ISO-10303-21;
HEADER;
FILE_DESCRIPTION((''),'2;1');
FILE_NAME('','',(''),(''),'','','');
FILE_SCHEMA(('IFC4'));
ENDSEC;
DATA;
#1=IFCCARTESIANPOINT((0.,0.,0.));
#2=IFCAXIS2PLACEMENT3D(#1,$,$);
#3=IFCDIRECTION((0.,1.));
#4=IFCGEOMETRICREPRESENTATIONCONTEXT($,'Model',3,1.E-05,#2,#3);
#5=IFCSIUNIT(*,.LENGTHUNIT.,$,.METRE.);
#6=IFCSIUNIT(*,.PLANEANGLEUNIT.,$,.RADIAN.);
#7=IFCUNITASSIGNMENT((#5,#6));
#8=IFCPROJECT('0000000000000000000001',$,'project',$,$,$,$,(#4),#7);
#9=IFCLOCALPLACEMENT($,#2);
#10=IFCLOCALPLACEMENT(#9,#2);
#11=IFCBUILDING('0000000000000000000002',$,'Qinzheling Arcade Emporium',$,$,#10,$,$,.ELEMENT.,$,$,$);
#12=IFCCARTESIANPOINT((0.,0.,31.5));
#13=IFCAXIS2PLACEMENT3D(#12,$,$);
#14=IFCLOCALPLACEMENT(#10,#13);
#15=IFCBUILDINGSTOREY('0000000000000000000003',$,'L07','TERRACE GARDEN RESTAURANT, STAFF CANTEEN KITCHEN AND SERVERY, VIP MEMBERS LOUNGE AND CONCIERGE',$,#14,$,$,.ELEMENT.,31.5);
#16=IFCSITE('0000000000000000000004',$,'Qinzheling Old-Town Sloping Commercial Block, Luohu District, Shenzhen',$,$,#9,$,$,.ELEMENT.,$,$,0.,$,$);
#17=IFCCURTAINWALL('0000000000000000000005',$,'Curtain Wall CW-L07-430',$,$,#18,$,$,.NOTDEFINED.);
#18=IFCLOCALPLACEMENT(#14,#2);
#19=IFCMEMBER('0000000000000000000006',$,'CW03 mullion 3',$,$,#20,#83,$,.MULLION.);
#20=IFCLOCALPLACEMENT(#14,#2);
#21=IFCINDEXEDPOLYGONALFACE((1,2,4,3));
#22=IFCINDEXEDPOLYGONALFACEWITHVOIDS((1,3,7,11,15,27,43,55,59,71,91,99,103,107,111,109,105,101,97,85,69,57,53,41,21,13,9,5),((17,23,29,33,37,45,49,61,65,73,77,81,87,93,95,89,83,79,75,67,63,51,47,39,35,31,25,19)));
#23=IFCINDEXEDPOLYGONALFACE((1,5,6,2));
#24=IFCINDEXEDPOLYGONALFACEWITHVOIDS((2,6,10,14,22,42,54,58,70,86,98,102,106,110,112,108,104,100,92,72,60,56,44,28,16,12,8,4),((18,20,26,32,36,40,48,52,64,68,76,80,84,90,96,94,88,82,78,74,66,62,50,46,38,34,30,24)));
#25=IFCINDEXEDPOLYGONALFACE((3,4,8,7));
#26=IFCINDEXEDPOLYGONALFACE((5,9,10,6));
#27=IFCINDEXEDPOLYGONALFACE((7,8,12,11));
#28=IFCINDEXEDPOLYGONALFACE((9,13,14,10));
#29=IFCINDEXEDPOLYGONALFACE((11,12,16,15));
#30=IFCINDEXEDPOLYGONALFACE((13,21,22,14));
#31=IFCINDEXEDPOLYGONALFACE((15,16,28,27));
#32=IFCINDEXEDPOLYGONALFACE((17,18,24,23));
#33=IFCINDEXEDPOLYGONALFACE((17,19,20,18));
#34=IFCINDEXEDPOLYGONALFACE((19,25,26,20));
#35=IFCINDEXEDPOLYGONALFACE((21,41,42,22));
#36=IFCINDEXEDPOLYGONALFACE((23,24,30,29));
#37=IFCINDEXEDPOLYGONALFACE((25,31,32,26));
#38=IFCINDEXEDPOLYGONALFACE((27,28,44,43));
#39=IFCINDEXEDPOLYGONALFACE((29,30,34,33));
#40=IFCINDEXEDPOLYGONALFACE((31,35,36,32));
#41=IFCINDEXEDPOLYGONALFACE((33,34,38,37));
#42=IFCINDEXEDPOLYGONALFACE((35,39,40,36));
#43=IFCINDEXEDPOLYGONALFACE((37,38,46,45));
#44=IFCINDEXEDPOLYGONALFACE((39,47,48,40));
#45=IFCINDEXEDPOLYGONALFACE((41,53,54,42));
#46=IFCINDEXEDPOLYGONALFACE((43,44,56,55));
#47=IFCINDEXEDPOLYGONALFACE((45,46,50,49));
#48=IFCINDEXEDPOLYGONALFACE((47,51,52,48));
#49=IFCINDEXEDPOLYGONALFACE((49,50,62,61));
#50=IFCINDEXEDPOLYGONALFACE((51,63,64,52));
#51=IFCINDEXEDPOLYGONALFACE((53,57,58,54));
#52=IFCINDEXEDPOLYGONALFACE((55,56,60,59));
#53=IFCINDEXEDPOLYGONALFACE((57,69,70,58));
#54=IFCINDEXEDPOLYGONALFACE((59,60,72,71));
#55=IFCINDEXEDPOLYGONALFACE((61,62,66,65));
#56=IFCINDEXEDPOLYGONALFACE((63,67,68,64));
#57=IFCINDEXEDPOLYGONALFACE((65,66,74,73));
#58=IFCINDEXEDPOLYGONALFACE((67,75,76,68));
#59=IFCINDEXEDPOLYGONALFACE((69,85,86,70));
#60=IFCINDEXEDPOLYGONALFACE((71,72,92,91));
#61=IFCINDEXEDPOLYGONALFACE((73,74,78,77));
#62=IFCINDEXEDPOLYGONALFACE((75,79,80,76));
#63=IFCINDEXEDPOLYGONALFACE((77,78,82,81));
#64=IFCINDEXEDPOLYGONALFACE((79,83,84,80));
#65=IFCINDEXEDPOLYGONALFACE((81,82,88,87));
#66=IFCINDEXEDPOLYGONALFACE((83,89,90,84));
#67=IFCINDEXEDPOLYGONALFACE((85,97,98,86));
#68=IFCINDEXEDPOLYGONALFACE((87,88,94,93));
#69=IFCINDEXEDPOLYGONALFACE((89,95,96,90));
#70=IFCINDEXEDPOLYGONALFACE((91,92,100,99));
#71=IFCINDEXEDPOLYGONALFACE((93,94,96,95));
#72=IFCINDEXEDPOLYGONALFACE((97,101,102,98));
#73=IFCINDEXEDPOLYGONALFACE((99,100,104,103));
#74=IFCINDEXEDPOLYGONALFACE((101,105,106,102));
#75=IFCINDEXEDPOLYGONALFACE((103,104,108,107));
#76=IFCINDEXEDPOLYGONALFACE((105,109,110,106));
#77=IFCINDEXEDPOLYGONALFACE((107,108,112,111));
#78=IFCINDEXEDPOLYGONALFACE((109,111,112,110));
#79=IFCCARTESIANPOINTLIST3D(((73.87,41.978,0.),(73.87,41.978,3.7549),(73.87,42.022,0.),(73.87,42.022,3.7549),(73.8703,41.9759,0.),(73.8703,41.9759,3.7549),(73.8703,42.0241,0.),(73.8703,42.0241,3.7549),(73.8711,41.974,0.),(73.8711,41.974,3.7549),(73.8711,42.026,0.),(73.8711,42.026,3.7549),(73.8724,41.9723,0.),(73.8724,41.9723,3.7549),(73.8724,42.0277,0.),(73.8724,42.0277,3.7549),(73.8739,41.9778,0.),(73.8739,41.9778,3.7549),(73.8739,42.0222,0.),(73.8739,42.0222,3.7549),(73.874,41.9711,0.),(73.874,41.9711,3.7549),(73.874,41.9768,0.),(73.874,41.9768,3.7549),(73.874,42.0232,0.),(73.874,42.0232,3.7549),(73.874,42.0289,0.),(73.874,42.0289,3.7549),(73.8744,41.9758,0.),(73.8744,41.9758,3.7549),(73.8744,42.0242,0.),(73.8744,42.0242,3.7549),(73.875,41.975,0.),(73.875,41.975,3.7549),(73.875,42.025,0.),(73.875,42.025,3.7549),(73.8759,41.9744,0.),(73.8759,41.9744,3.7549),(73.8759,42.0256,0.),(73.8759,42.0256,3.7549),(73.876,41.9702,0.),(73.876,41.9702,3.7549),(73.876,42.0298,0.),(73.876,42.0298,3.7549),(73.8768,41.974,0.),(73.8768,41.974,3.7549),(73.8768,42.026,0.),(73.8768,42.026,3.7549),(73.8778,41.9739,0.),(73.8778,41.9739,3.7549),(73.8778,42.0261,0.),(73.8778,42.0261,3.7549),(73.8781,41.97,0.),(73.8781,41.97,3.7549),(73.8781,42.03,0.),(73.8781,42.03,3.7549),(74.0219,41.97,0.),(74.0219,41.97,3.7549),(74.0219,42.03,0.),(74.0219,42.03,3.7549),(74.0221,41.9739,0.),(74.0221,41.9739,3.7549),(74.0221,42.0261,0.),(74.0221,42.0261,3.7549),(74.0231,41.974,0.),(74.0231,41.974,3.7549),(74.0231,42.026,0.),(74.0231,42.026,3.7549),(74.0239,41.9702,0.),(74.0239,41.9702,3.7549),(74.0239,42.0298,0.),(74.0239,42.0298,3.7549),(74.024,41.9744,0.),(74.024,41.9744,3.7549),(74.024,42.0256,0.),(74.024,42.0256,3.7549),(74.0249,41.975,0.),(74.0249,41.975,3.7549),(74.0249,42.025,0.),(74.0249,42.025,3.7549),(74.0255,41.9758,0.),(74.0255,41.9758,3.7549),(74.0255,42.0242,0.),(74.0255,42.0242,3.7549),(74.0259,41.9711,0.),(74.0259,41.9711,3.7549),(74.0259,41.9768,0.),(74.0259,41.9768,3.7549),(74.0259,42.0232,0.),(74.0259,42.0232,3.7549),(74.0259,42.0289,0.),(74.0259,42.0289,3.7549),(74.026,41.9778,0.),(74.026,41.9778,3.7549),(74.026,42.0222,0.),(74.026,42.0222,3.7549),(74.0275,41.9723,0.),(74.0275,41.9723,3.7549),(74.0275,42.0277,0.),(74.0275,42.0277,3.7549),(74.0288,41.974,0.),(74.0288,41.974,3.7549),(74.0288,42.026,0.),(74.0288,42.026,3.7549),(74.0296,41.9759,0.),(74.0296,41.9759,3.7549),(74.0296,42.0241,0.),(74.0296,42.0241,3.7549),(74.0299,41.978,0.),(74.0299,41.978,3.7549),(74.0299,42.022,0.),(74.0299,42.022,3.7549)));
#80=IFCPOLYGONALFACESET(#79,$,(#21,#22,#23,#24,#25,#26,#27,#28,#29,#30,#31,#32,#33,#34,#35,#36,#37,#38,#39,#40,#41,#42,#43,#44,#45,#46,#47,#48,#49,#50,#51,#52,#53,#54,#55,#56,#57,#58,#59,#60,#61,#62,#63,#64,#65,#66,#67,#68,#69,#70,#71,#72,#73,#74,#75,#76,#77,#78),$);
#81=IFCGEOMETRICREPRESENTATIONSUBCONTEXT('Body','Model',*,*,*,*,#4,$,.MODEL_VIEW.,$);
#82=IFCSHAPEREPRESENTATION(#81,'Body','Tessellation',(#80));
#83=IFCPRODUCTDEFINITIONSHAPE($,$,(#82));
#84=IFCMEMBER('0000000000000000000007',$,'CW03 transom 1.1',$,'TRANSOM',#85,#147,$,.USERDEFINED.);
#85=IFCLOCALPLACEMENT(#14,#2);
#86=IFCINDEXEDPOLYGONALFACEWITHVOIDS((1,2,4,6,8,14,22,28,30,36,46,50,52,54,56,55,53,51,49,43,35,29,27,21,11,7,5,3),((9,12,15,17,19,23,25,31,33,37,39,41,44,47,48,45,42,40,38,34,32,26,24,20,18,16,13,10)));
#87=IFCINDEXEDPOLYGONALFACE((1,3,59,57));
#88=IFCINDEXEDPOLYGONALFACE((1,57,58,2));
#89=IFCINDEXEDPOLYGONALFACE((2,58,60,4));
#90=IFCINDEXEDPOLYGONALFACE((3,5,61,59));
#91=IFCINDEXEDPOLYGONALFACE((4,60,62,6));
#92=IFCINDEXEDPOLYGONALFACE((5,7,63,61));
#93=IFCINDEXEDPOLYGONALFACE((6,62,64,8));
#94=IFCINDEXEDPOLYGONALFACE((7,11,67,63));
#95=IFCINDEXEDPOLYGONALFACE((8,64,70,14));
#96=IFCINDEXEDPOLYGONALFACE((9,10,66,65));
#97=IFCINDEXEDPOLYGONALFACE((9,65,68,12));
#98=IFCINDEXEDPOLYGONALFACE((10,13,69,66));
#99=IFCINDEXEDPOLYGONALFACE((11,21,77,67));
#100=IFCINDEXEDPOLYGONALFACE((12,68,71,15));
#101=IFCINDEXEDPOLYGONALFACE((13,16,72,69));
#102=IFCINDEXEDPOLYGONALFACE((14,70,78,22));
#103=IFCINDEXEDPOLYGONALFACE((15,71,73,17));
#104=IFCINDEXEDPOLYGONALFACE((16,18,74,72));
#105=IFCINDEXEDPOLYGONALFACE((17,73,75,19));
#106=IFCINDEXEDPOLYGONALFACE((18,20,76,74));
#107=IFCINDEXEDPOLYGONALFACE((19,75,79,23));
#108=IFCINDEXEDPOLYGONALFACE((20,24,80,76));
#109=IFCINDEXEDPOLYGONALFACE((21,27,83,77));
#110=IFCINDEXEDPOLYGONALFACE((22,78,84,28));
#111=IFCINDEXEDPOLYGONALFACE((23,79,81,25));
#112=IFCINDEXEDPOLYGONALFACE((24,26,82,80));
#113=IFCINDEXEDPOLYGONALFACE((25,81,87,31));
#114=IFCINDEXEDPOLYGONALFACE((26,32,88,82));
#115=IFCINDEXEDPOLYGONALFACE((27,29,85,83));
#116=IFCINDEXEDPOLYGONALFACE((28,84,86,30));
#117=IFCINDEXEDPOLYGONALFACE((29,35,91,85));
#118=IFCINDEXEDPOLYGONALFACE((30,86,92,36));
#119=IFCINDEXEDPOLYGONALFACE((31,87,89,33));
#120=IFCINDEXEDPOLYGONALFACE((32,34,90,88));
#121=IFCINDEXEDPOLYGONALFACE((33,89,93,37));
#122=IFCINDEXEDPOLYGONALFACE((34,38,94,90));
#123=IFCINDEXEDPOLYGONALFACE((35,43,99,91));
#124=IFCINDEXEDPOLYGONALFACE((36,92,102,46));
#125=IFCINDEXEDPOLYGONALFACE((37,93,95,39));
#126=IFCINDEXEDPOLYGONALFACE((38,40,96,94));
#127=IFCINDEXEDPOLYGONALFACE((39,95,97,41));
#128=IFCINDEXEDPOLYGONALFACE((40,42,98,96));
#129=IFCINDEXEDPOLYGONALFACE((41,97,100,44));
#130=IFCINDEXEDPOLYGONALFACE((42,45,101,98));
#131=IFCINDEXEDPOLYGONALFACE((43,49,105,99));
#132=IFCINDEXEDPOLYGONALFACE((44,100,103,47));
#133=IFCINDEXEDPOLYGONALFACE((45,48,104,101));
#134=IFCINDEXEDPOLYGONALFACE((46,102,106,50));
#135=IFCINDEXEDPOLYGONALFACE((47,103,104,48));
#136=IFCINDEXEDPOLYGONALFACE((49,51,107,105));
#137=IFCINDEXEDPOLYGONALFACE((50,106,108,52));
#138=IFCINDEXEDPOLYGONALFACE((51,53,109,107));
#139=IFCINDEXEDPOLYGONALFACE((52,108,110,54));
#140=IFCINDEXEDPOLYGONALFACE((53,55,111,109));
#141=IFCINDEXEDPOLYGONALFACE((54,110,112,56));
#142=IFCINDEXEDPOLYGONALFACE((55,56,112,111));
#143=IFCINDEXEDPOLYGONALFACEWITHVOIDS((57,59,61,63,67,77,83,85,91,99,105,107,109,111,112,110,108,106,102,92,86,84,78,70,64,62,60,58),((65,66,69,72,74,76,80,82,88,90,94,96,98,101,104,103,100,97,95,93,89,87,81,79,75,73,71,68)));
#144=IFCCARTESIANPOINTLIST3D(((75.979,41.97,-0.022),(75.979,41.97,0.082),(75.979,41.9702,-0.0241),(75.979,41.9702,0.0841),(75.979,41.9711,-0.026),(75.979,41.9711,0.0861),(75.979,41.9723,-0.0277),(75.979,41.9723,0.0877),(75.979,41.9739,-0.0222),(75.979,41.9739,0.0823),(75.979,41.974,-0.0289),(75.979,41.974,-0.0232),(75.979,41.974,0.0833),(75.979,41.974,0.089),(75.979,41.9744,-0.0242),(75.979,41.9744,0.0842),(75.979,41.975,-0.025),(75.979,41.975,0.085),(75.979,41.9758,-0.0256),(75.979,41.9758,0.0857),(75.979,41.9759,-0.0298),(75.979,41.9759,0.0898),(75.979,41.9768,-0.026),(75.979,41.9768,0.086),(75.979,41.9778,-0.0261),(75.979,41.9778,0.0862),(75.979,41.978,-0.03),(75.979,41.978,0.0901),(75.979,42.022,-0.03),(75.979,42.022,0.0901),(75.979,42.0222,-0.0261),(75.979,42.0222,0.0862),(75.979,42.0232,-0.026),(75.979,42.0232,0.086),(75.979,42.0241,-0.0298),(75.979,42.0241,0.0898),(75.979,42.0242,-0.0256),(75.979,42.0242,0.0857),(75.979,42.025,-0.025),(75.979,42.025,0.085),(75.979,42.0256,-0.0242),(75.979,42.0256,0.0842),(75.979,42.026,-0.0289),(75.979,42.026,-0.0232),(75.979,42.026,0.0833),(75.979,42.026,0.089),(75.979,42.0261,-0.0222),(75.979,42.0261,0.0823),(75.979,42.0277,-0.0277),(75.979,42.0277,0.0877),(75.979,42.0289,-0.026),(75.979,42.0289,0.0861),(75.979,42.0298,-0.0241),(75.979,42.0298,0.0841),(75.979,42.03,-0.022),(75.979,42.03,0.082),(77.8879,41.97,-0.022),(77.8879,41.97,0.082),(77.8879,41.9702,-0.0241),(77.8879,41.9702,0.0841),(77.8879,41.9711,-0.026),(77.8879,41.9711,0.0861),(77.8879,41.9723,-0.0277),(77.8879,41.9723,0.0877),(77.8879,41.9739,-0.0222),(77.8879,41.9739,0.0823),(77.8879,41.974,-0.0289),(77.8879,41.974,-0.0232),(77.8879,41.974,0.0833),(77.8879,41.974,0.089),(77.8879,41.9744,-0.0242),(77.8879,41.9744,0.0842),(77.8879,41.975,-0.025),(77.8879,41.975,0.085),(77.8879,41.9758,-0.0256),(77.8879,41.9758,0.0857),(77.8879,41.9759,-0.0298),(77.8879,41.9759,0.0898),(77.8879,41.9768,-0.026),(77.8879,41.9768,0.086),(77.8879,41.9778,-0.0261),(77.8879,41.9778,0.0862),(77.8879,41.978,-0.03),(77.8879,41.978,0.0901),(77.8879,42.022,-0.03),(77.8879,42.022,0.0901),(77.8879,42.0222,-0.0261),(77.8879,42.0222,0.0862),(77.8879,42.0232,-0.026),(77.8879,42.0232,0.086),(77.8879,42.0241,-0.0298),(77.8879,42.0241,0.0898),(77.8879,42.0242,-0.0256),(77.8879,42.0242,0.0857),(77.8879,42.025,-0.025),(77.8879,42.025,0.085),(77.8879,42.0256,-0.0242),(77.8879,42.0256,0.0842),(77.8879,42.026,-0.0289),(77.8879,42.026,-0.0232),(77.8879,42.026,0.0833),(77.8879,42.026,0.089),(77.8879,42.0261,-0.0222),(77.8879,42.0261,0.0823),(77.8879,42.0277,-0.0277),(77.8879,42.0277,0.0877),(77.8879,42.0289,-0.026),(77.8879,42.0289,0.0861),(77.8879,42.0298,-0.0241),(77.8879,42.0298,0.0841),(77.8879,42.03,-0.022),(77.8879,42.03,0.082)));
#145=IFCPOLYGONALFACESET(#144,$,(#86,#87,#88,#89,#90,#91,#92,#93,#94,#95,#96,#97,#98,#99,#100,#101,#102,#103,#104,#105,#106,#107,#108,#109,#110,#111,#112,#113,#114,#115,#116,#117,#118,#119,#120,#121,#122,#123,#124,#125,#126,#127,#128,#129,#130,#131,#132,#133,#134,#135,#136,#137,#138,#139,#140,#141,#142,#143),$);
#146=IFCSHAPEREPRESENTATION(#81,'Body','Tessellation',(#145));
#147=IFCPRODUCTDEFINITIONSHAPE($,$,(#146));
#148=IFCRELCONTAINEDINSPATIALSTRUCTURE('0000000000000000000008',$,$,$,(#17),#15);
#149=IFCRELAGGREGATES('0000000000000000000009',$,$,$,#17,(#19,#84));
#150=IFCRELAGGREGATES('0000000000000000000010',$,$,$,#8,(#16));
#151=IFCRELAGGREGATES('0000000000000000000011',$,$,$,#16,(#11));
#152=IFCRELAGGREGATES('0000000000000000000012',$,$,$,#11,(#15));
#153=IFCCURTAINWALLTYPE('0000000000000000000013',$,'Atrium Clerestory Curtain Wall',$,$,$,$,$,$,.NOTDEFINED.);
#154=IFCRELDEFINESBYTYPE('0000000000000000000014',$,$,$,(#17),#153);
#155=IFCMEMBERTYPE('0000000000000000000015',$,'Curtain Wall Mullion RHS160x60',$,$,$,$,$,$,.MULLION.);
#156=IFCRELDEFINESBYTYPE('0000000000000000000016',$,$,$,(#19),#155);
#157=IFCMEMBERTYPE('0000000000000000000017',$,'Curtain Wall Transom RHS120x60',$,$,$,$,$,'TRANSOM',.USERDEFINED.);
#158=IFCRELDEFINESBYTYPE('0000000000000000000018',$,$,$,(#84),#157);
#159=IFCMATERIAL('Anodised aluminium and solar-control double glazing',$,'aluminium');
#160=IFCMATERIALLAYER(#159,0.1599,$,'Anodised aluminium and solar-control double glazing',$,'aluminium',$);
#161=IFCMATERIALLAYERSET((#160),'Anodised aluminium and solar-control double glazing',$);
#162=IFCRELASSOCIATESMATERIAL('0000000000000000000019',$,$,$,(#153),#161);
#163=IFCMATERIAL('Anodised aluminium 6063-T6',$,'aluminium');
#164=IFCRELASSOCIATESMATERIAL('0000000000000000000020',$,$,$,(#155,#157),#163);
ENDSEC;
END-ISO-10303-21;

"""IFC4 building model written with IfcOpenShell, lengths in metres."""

from ifc_helpers import new_model, si_unit, direction, frame, origin, origin_2d, place, context, subcontext, project, spatial, hollow_rectangle, extrude, material, layer, layer_set, material_profile, profile_set, type_object, element, aggregate, save


model = new_model("IFC4")

# Units and contexts
model_context = context("Model", 3, precision=1e-05, world=origin(), true_north=direction((0.0, 1.0)))
body_context = subcontext(model_context, "Body", "Model", "MODEL_VIEW")
ifc_project = project(units=[si_unit("LENGTHUNIT", "METRE"), si_unit("PLANEANGLEUNIT", "RADIAN")], contexts=[model_context])

# Site, building, storey
site_placement = place(None, origin())
site = spatial("IfcSite", under=ifc_project, at=site_placement, Name="Qinzheling Old-Town Sloping Commercial Block, Luohu District, Shenzhen", CompositionType="ELEMENT", RefElevation=0.0)
building_placement = place(site_placement, origin())
building = spatial("IfcBuilding", under=site, at=building_placement, Name="Qinzheling Arcade Emporium", CompositionType="ELEMENT")
storey_placement = place(building_placement, frame((0.0, 0.0, 31.5)))
storey = spatial("IfcBuildingStorey", under=building, at=storey_placement, Name="L07", Description="TERRACE GARDEN RESTAURANT, STAFF CANTEEN KITCHEN AND SERVERY, VIP MEMBERS LOUNGE AND CONCIERGE", CompositionType="ELEMENT", Elevation=31.5)

# Curtain wall, members
ifc_material_1 = material(Name="Anodised aluminium and solar-control double glazing", Category="aluminium")
ifc_layer_1 = layer(ifc_material_1, 0.1599, Name="Anodised aluminium and solar-control double glazing", Category="aluminium")
ifc_layer_set_1 = layer_set([ifc_layer_1], Name="Anodised aluminium and solar-control double glazing")
curtain_wall_type = type_object("IfcCurtainWallType", Name="Atrium Clerestory Curtain Wall", PredefinedType="NOTDEFINED", material=ifc_layer_set_1)
curtain_wall_placement = place(storey_placement, origin())
curtain_wall = element("IfcCurtainWall", 1, at=curtain_wall_placement, inside=storey, type_object=curtain_wall_type, Name="Curtain Wall CW-L07-430", PredefinedType="NOTDEFINED")
ifc_material_2 = material(Name="Anodised aluminium 6063-T6", Category="aluminium")
ifc_material_profile_1 = material_profile(ifc_material_2, hollow_rectangle(XDim=0.0601, YDim=0.1599, WallThickness=0.0039, InnerFilletRadius=0.0039, OuterFilletRadius=0.0081, at=origin_2d()), Name="RHS 160x60x4", Category="aluminium")
ifc_profile_set_1 = profile_set([ifc_material_profile_1], Name="Anodised aluminium 6063-T6")
member_type_1 = type_object("IfcMemberType", Name="Curtain Wall Mullion RHS160x60", PredefinedType="MULLION", material=ifc_profile_set_1)
member_1_placement = place(storey_placement, frame((73.95, 42.0, 0.0), z_axis=(0.0, 0.0, 1.0), x_axis=(0.0, -1.0, 0.0)))
member_1 = element("IfcMember", 2, at=member_1_placement, type_object=member_type_1, Name="CW03 mullion 3", PredefinedType="MULLION", context=body_context, shape_type="SweptSolid", body=[
    extrude(hollow_rectangle(XDim=0.0601, YDim=0.1599, WallThickness=0.0039, InnerFilletRadius=0.0039, OuterFilletRadius=0.0081, at=origin_2d()), origin(), (0.0, 0.0, 1.0), 3.7549),
])
ifc_material_profile_2 = material_profile(ifc_material_2, hollow_rectangle(XDim=0.0601, YDim=0.1201, WallThickness=0.0039, InnerFilletRadius=0.0039, OuterFilletRadius=0.0081, at=origin_2d()), Name="RHS 120x60x4", Category="aluminium")
ifc_profile_set_2 = profile_set([ifc_material_profile_2], Name="Anodised aluminium 6063-T6")
member_type_2 = type_object("IfcMemberType", Name="Curtain Wall Transom RHS120x60", ElementType="TRANSOM", PredefinedType="USERDEFINED", material=ifc_profile_set_2)
member_2_placement = place(storey_placement, frame((77.8879, 42.0, 0.03), z_axis=(-1.0, 0.0, 0.0), x_axis=(0.0, -1.0, 0.0)))
member_2 = element("IfcMember", 3, at=member_2_placement, type_object=member_type_2, Name="CW03 transom 1.1", ObjectType="TRANSOM", PredefinedType="USERDEFINED", context=body_context, shape_type="SweptSolid", body=[
    extrude(hollow_rectangle(XDim=0.0601, YDim=0.1201, WallThickness=0.0039, InnerFilletRadius=0.0039, OuterFilletRadius=0.0081, at=origin_2d()), origin(), (0.0, 0.0, 1.0), 1.9089),
])

aggregate(curtain_wall, [member_1, member_2])

save(model, "model.ifc")
